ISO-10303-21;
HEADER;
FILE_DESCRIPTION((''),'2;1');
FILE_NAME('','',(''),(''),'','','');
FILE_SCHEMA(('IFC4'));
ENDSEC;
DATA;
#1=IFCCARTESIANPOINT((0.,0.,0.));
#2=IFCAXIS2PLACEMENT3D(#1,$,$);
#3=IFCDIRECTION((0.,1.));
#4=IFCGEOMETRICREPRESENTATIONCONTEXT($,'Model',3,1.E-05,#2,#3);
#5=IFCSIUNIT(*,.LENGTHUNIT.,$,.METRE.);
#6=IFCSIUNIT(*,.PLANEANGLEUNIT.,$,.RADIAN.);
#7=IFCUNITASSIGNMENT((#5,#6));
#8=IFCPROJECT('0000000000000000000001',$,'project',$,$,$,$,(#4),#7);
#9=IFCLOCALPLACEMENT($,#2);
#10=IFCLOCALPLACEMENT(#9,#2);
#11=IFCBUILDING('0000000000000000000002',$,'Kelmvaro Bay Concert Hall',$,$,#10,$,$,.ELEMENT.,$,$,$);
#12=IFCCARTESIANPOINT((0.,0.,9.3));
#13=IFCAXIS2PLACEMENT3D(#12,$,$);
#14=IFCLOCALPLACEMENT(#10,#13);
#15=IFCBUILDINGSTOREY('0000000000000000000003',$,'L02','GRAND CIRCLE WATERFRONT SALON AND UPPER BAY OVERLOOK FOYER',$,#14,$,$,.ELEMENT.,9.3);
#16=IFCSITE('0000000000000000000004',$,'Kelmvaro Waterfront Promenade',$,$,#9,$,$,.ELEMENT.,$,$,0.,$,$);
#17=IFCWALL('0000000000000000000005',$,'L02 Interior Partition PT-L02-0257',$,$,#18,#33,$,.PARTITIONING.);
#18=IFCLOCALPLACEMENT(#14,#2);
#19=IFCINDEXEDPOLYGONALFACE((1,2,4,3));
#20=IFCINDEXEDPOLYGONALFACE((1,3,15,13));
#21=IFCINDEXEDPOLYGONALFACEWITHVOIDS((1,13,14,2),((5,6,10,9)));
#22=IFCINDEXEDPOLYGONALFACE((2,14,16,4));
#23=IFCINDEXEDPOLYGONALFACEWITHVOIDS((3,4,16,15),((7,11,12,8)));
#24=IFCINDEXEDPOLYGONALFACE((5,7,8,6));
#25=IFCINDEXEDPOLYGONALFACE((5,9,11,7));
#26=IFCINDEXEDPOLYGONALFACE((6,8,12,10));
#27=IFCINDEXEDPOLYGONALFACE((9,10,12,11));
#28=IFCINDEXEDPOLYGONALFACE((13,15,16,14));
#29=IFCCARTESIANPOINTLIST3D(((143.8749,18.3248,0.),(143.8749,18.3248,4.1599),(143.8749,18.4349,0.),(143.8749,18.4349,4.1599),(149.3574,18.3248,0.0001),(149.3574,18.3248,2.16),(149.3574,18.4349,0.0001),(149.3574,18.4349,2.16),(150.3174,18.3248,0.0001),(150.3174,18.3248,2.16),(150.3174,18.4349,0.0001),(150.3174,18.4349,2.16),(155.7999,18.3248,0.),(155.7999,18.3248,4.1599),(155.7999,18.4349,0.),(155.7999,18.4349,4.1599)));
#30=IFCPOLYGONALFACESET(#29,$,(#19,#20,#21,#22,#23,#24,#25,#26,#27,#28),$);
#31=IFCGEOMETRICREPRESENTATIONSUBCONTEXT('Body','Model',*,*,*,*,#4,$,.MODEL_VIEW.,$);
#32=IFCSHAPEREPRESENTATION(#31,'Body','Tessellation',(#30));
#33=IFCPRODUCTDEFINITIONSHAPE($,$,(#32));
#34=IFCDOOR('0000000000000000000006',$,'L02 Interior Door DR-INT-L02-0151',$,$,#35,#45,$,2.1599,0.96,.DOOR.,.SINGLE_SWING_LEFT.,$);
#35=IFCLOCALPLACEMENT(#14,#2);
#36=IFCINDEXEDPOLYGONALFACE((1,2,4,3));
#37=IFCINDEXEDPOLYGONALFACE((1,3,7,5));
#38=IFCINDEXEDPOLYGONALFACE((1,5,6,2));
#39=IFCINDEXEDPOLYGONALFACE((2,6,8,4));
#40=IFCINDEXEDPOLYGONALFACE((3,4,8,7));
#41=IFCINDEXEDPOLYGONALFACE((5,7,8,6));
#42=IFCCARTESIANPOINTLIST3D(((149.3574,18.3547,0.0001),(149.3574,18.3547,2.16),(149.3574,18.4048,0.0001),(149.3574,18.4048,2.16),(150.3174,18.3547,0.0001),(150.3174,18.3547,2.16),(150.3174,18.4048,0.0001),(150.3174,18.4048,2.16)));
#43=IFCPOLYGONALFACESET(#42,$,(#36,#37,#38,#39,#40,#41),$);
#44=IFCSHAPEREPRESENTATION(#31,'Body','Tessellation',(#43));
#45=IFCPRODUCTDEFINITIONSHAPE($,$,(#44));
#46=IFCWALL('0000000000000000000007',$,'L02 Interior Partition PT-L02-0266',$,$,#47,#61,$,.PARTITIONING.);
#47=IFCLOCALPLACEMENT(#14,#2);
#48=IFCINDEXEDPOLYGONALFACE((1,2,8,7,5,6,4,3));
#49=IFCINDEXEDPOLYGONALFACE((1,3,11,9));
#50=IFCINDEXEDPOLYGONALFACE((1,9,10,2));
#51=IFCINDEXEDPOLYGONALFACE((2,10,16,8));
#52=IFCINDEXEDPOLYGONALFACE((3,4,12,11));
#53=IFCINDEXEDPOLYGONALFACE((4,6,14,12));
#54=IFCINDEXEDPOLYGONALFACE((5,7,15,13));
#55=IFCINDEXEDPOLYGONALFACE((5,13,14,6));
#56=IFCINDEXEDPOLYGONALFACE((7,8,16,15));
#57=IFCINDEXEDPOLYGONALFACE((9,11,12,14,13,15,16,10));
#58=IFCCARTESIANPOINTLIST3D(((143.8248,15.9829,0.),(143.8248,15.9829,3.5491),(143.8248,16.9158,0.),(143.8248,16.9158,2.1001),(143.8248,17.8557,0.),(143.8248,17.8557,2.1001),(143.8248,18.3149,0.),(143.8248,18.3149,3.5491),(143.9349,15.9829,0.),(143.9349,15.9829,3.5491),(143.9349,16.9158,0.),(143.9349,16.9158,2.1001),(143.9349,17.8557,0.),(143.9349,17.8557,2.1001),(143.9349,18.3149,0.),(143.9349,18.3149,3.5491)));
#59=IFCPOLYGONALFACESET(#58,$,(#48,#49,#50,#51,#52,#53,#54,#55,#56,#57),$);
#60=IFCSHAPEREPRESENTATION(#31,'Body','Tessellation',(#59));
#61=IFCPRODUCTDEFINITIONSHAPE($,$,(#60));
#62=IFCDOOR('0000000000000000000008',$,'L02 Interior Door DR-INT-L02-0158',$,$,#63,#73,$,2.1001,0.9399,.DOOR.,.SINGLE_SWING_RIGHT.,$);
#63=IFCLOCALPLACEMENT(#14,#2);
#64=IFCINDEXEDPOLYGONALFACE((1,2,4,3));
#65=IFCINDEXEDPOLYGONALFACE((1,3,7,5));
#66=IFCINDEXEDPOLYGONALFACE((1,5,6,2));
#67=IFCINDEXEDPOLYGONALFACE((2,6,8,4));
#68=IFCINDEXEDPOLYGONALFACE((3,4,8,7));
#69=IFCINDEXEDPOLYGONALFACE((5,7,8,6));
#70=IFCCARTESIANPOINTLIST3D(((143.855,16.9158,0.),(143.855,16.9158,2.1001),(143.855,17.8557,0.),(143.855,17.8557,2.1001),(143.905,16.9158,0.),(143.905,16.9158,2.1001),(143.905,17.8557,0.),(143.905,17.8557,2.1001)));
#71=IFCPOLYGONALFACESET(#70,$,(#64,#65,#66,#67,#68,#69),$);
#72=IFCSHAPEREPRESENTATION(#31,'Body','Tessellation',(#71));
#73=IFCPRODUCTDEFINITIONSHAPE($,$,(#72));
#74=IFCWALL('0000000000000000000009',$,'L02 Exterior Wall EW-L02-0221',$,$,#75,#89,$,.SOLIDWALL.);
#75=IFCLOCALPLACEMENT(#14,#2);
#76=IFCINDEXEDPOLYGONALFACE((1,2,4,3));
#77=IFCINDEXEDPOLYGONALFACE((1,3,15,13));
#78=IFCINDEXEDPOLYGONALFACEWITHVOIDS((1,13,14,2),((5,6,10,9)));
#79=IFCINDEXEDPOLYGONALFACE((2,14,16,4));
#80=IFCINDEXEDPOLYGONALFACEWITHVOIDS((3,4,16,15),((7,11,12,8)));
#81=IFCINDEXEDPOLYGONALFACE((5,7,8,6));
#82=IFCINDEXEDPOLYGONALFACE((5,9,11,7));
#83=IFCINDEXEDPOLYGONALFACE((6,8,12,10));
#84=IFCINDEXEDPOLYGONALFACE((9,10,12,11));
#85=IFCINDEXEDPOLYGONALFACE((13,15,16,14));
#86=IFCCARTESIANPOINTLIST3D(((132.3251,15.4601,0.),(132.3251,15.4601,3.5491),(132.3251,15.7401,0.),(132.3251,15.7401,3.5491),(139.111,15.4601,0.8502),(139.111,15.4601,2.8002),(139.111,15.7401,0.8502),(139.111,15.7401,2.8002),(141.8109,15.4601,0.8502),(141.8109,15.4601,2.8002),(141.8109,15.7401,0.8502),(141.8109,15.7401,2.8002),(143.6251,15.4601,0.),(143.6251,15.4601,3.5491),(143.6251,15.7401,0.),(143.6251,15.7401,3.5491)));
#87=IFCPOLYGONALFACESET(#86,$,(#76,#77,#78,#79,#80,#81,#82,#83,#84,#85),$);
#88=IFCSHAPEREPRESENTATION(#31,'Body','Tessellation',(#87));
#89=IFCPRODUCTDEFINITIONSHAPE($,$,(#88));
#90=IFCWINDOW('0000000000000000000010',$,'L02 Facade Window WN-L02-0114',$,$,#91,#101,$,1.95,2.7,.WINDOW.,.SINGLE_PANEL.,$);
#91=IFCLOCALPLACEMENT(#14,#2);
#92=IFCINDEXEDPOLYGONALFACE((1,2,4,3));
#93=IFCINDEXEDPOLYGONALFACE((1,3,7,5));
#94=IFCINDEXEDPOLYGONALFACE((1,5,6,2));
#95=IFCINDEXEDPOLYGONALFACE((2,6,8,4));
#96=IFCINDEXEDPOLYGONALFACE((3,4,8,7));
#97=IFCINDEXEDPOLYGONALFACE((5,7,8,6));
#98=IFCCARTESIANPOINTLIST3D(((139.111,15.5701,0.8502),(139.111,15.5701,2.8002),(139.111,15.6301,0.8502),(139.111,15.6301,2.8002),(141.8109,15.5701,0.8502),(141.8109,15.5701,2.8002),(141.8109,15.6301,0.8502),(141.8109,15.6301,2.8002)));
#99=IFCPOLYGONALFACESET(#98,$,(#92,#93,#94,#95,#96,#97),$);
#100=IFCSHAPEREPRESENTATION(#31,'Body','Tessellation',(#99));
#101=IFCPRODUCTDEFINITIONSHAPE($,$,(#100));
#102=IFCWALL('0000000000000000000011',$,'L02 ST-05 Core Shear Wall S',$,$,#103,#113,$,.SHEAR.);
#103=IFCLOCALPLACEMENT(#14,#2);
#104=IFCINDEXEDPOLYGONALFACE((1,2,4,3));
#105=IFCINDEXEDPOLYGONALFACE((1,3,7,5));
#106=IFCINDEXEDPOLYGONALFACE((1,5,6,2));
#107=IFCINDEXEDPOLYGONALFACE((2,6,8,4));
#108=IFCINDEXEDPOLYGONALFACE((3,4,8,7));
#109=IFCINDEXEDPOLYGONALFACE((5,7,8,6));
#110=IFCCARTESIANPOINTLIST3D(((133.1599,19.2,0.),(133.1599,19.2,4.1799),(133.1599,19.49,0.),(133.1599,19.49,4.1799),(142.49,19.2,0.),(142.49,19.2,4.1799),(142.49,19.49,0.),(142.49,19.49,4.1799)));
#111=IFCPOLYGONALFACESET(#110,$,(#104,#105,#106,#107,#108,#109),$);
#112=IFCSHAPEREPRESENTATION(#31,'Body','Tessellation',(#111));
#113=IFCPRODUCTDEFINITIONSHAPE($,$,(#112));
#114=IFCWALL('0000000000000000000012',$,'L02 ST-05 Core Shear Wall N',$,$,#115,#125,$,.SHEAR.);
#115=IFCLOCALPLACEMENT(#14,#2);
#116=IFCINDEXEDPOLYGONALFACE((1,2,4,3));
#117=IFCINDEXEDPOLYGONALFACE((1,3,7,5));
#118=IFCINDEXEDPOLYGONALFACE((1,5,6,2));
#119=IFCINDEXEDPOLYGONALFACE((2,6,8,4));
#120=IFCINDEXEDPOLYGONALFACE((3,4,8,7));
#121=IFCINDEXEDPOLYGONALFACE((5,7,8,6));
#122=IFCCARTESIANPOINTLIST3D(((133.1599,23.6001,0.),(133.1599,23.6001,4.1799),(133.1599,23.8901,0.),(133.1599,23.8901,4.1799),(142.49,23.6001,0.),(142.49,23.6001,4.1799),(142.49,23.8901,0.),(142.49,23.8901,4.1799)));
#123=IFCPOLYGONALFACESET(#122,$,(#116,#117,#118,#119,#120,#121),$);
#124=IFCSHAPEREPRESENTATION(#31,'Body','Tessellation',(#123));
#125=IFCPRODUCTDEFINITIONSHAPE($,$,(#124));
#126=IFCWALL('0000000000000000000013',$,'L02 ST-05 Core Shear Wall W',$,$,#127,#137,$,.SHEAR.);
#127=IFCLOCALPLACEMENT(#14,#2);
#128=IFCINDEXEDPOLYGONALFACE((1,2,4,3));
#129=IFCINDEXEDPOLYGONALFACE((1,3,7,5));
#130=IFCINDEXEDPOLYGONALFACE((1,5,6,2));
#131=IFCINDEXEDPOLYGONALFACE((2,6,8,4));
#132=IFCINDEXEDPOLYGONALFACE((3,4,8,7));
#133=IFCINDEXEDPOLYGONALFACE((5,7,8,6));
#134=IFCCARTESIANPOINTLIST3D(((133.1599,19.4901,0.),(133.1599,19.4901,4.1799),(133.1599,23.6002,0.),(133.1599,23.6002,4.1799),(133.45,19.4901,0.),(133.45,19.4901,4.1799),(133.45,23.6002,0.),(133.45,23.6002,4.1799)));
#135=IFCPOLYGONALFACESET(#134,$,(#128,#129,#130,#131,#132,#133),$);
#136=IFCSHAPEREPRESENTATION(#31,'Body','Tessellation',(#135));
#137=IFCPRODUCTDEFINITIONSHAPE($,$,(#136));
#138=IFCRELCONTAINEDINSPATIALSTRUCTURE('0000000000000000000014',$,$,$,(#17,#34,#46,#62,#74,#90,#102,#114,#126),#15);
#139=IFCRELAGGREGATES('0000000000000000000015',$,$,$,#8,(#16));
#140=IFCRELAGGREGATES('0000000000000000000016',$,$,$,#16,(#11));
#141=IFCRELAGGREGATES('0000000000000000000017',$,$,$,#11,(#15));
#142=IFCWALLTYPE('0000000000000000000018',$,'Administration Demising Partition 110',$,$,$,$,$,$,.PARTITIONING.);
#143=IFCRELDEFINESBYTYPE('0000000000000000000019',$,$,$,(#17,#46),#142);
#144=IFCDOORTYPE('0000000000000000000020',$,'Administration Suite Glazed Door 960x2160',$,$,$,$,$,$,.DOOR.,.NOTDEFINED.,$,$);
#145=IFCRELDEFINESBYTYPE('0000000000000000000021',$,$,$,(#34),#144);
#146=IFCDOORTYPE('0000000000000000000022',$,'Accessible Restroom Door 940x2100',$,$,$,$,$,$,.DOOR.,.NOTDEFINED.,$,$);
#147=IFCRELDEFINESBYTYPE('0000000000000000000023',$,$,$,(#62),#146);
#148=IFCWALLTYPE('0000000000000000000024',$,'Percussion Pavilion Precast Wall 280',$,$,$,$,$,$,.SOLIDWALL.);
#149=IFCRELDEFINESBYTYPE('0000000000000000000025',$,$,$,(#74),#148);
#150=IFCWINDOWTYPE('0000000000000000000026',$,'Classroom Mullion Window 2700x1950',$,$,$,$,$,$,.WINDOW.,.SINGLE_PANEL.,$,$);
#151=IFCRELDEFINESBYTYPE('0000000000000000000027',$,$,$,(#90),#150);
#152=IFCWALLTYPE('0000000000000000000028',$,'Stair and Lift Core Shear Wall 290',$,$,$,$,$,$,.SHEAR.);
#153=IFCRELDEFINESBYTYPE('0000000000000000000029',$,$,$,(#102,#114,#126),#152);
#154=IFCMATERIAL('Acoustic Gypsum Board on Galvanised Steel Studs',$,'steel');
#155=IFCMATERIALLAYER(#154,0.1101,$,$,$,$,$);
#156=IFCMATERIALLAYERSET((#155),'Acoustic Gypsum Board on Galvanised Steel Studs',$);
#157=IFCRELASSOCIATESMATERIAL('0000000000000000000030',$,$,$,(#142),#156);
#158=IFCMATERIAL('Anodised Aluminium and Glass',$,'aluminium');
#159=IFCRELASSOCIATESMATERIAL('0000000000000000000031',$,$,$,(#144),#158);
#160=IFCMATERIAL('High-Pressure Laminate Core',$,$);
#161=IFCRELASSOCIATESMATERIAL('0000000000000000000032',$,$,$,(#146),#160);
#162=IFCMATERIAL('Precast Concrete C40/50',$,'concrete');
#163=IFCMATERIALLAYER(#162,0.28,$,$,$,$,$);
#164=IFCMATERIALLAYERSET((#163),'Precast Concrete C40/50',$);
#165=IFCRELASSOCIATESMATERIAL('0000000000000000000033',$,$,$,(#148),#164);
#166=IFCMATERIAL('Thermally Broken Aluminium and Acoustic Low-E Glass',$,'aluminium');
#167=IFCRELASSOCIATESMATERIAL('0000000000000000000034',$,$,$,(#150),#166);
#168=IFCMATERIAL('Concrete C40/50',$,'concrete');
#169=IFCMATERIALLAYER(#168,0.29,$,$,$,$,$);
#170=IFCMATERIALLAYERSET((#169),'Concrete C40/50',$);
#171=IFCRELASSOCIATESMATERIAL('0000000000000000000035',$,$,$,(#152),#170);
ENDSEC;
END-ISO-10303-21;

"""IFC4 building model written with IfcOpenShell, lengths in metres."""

from ifc_helpers import new_model, si_unit, direction, frame, frame_2d, origin, place, context, subcontext, project, spatial, rectangle, extrude, material, layer, layer_set, type_object, element, fill, save


model = new_model("IFC4")

# Units and contexts
model_context = context("Model", 3, precision=1e-05, world=origin(), true_north=direction((0.0, 1.0)))
body_context = subcontext(model_context, "Body", "Model", "MODEL_VIEW")
ifc_project = project(units=[si_unit("LENGTHUNIT", "METRE"), si_unit("PLANEANGLEUNIT", "RADIAN")], contexts=[model_context])

# Site, building, storey
site_placement = place(None, origin())
site = spatial("IfcSite", under=ifc_project, at=site_placement, Name="Kelmvaro Waterfront Promenade", CompositionType="ELEMENT", RefElevation=0.0)
building_placement = place(site_placement, origin())
building = spatial("IfcBuilding", under=site, at=building_placement, Name="Kelmvaro Bay Concert Hall", CompositionType="ELEMENT")
storey_placement = place(building_placement, frame((0.0, 0.0, 9.3)))
storey = spatial("IfcBuildingStorey", under=building, at=storey_placement, Name="L02", Description="GRAND CIRCLE WATERFRONT SALON AND UPPER BAY OVERLOOK FOYER", CompositionType="ELEMENT", Elevation=9.3)

# Walls, openings, doors
ifc_material_1 = material(Name="Acoustic Gypsum Board on Galvanised Steel Studs", Category="steel")
ifc_layer_1 = layer(ifc_material_1, 0.1101)
ifc_layer_set_1 = layer_set([ifc_layer_1], Name="Acoustic Gypsum Board on Galvanised Steel Studs")
wall_type_1 = type_object("IfcWallType", Name="Administration Demising Partition 110", PredefinedType="PARTITIONING", material=ifc_layer_set_1)
wall_1_placement = place(storey_placement, frame((143.875, 18.3799, 0.0), z_axis=(0.0, 0.0, 1.0), x_axis=(1.0, 0.0, 0.0)))
wall_1 = element("IfcWall", 1, at=wall_1_placement, inside=storey, type_object=wall_type_1, Name="L02 Interior Partition PT-L02-0257", PredefinedType="PARTITIONING", context=body_context, shape_type="SweptSolid", body=[
    extrude(rectangle(XDim=11.925, YDim=0.1101, at=frame_2d((5.9624, 0.0))), origin(), (0.0, 0.0, 1.0), 4.1599),
])
opening_1_placement = place(wall_1_placement, frame((5.4824, 0.0, 0.0)))
opening_1 = element("IfcOpeningElement", 2, at=opening_1_placement, cuts=wall_1, PredefinedType="OPENING", context=body_context, shape_type="SweptSolid", body=[
    extrude(rectangle(XDim=0.96, YDim=2.1599, at=frame_2d((0.48, 1.0801))), frame((0.0, 0.0649, 0.0), z_axis=(0.0, -1.0, 0.0), x_axis=(1.0, 0.0, 0.0)), (0.0, 0.0, 1.0), 0.1301),
])
ifc_material_2 = material(Name="Anodised Aluminium and Glass", Category="aluminium")
door_type_1 = type_object("IfcDoorType", Name="Administration Suite Glazed Door 960x2160", OperationType="NOTDEFINED", PredefinedType="DOOR", material=ifc_material_2)
door_1_placement = place(opening_1_placement, origin())
door_1 = element("IfcDoor", 3, at=door_1_placement, inside=storey, type_object=door_type_1, Name="L02 Interior Door DR-INT-L02-0151", OperationType="SINGLE_SWING_LEFT", OverallHeight=2.1599, OverallWidth=0.96, PredefinedType="DOOR", context=body_context, shape_type="SweptSolid", body=[
    extrude(rectangle(XDim=0.96, YDim=2.1599, at=frame_2d((0.48, 1.0801))), frame((0.0, 0.0249, 0.0), z_axis=(0.0, -1.0, 0.0), x_axis=(1.0, 0.0, 0.0)), (0.0, 0.0, 1.0), 0.05),
])
fill(opening_1, door_1)
wall_2_placement = place(storey_placement, frame((143.8799, 15.9829, 0.0), z_axis=(0.0, 0.0, 1.0), x_axis=(0.0, 1.0, 0.0)))
wall_2 = element("IfcWall", 4, at=wall_2_placement, inside=storey, type_object=wall_type_1, Name="L02 Interior Partition PT-L02-0266", PredefinedType="PARTITIONING", context=body_context, shape_type="SweptSolid", body=[
    extrude(rectangle(XDim=2.332, YDim=0.1101, at=frame_2d((1.166, 0.0))), origin(), (0.0, 0.0, 1.0), 3.5491),
])
opening_2_placement = place(wall_2_placement, frame((0.9329, 0.0, 0.0)))
opening_2 = element("IfcOpeningElement", 5, at=opening_2_placement, cuts=wall_2, PredefinedType="OPENING", context=body_context, shape_type="SweptSolid", body=[
    extrude(rectangle(XDim=0.9399, YDim=2.1001, at=frame_2d((0.47, 1.05))), frame((0.0, 0.0649, 0.0), z_axis=(0.0, -1.0, 0.0), x_axis=(1.0, 0.0, 0.0)), (0.0, 0.0, 1.0), 0.1301),
])
ifc_material_3 = material(Name="High-Pressure Laminate Core")
door_type_2 = type_object("IfcDoorType", Name="Accessible Restroom Door 940x2100", OperationType="NOTDEFINED", PredefinedType="DOOR", material=ifc_material_3)
door_2_placement = place(opening_2_placement, origin())
door_2 = element("IfcDoor", 6, at=door_2_placement, inside=storey, type_object=door_type_2, Name="L02 Interior Door DR-INT-L02-0158", OperationType="SINGLE_SWING_RIGHT", OverallHeight=2.1001, OverallWidth=0.9399, PredefinedType="DOOR", context=body_context, shape_type="SweptSolid", body=[
    extrude(rectangle(XDim=0.9399, YDim=2.1001, at=frame_2d((0.47, 1.05))), frame((0.0, 0.0249, 0.0), z_axis=(0.0, -1.0, 0.0), x_axis=(1.0, 0.0, 0.0)), (0.0, 0.0, 1.0), 0.05),
])
fill(opening_2, door_2)

# Wall, opening, window
ifc_material_4 = material(Name="Precast Concrete C40/50", Category="concrete")
ifc_layer_2 = layer(ifc_material_4, 0.28)
ifc_layer_set_2 = layer_set([ifc_layer_2], Name="Precast Concrete C40/50")
wall_type_2 = type_object("IfcWallType", Name="Percussion Pavilion Precast Wall 280", PredefinedType="SOLIDWALL", material=ifc_layer_set_2)
wall_3_placement = place(storey_placement, frame((143.625, 15.6001, 0.0), z_axis=(0.0, 0.0, 1.0), x_axis=(-1.0, 0.0, 0.0)))
wall_3 = element("IfcWall", 7, at=wall_3_placement, inside=storey, type_object=wall_type_2, Name="L02 Exterior Wall EW-L02-0221", PredefinedType="SOLIDWALL", context=body_context, shape_type="SweptSolid", body=[
    extrude(rectangle(XDim=11.3, YDim=0.28, at=frame_2d((5.6499, 0.0))), origin(), (0.0, 0.0, 1.0), 3.5491),
])
opening_3_placement = place(wall_3_placement, frame((1.814, 0.0, 0.8501)))
opening_3 = element("IfcOpeningElement", 8, at=opening_3_placement, cuts=wall_3, PredefinedType="OPENING", context=body_context, shape_type="SweptSolid", body=[
    extrude(rectangle(XDim=2.7, YDim=1.95, at=frame_2d((1.3501, 0.9751))), frame((0.0, 0.1499, 0.0), z_axis=(0.0, -1.0, 0.0), x_axis=(1.0, 0.0, 0.0)), (0.0, 0.0, 1.0), 0.3),
])
ifc_material_5 = material(Name="Thermally Broken Aluminium and Acoustic Low-E Glass", Category="aluminium")
window_type = type_object("IfcWindowType", Name="Classroom Mullion Window 2700x1950", PartitioningType="SINGLE_PANEL", PredefinedType="WINDOW", material=ifc_material_5)
window_placement = place(opening_3_placement, origin())
window = element("IfcWindow", 9, at=window_placement, inside=storey, type_object=window_type, Name="L02 Facade Window WN-L02-0114", OverallHeight=1.95, OverallWidth=2.7, PartitioningType="SINGLE_PANEL", PredefinedType="WINDOW", context=body_context, shape_type="SweptSolid", body=[
    extrude(rectangle(XDim=2.7, YDim=1.95, at=frame_2d((1.3501, 0.9751))), frame((0.0, 0.03, 0.0), z_axis=(0.0, -1.0, 0.0), x_axis=(1.0, 0.0, 0.0)), (0.0, 0.0, 1.0), 0.0601),
])
fill(opening_3, window)

# Walls
ifc_material_6 = material(Name="Concrete C40/50", Category="concrete")
ifc_layer_3 = layer(ifc_material_6, 0.29)
ifc_layer_set_3 = layer_set([ifc_layer_3], Name="Concrete C40/50")
wall_type_3 = type_object("IfcWallType", Name="Stair and Lift Core Shear Wall 290", PredefinedType="SHEAR", material=ifc_layer_set_3)
for number, where, z_axis, x_axis, name in (
    (10, (133.1599, 19.345, 0.0), (0.0, 0.0, 1.0), (1.0, 0.0, 0.0), "L02 ST-05 Core Shear Wall S"),
    (11, (133.1599, 23.7451, 0.0), (0.0, 0.0, 1.0), (1.0, 0.0, 0.0), "L02 ST-05 Core Shear Wall N"),
):
    element("IfcWall", number, at=place(storey_placement, frame(where, z_axis=z_axis, x_axis=x_axis)), inside=storey, type_object=wall_type_3, Name=name, PredefinedType="SHEAR", context=body_context, shape_type="SweptSolid", body=[
        extrude(rectangle(XDim=9.3301, YDim=0.29, at=frame_2d((4.665, 0.0))), origin(), (0.0, 0.0, 1.0), 4.1799),
    ])
wall_4_placement = place(storey_placement, frame((133.3049, 19.49, 0.0), z_axis=(0.0, 0.0, 1.0), x_axis=(0.0, 1.0, 0.0)))
element("IfcWall", 12, at=wall_4_placement, inside=storey, type_object=wall_type_3, Name="L02 ST-05 Core Shear Wall W", PredefinedType="SHEAR", context=body_context, shape_type="SweptSolid", body=[
    extrude(rectangle(XDim=4.1101, YDim=0.29, at=frame_2d((2.0552, 0.0))), origin(), (0.0, 0.0, 1.0), 4.1799),
])

save(model, "model.ifc")
